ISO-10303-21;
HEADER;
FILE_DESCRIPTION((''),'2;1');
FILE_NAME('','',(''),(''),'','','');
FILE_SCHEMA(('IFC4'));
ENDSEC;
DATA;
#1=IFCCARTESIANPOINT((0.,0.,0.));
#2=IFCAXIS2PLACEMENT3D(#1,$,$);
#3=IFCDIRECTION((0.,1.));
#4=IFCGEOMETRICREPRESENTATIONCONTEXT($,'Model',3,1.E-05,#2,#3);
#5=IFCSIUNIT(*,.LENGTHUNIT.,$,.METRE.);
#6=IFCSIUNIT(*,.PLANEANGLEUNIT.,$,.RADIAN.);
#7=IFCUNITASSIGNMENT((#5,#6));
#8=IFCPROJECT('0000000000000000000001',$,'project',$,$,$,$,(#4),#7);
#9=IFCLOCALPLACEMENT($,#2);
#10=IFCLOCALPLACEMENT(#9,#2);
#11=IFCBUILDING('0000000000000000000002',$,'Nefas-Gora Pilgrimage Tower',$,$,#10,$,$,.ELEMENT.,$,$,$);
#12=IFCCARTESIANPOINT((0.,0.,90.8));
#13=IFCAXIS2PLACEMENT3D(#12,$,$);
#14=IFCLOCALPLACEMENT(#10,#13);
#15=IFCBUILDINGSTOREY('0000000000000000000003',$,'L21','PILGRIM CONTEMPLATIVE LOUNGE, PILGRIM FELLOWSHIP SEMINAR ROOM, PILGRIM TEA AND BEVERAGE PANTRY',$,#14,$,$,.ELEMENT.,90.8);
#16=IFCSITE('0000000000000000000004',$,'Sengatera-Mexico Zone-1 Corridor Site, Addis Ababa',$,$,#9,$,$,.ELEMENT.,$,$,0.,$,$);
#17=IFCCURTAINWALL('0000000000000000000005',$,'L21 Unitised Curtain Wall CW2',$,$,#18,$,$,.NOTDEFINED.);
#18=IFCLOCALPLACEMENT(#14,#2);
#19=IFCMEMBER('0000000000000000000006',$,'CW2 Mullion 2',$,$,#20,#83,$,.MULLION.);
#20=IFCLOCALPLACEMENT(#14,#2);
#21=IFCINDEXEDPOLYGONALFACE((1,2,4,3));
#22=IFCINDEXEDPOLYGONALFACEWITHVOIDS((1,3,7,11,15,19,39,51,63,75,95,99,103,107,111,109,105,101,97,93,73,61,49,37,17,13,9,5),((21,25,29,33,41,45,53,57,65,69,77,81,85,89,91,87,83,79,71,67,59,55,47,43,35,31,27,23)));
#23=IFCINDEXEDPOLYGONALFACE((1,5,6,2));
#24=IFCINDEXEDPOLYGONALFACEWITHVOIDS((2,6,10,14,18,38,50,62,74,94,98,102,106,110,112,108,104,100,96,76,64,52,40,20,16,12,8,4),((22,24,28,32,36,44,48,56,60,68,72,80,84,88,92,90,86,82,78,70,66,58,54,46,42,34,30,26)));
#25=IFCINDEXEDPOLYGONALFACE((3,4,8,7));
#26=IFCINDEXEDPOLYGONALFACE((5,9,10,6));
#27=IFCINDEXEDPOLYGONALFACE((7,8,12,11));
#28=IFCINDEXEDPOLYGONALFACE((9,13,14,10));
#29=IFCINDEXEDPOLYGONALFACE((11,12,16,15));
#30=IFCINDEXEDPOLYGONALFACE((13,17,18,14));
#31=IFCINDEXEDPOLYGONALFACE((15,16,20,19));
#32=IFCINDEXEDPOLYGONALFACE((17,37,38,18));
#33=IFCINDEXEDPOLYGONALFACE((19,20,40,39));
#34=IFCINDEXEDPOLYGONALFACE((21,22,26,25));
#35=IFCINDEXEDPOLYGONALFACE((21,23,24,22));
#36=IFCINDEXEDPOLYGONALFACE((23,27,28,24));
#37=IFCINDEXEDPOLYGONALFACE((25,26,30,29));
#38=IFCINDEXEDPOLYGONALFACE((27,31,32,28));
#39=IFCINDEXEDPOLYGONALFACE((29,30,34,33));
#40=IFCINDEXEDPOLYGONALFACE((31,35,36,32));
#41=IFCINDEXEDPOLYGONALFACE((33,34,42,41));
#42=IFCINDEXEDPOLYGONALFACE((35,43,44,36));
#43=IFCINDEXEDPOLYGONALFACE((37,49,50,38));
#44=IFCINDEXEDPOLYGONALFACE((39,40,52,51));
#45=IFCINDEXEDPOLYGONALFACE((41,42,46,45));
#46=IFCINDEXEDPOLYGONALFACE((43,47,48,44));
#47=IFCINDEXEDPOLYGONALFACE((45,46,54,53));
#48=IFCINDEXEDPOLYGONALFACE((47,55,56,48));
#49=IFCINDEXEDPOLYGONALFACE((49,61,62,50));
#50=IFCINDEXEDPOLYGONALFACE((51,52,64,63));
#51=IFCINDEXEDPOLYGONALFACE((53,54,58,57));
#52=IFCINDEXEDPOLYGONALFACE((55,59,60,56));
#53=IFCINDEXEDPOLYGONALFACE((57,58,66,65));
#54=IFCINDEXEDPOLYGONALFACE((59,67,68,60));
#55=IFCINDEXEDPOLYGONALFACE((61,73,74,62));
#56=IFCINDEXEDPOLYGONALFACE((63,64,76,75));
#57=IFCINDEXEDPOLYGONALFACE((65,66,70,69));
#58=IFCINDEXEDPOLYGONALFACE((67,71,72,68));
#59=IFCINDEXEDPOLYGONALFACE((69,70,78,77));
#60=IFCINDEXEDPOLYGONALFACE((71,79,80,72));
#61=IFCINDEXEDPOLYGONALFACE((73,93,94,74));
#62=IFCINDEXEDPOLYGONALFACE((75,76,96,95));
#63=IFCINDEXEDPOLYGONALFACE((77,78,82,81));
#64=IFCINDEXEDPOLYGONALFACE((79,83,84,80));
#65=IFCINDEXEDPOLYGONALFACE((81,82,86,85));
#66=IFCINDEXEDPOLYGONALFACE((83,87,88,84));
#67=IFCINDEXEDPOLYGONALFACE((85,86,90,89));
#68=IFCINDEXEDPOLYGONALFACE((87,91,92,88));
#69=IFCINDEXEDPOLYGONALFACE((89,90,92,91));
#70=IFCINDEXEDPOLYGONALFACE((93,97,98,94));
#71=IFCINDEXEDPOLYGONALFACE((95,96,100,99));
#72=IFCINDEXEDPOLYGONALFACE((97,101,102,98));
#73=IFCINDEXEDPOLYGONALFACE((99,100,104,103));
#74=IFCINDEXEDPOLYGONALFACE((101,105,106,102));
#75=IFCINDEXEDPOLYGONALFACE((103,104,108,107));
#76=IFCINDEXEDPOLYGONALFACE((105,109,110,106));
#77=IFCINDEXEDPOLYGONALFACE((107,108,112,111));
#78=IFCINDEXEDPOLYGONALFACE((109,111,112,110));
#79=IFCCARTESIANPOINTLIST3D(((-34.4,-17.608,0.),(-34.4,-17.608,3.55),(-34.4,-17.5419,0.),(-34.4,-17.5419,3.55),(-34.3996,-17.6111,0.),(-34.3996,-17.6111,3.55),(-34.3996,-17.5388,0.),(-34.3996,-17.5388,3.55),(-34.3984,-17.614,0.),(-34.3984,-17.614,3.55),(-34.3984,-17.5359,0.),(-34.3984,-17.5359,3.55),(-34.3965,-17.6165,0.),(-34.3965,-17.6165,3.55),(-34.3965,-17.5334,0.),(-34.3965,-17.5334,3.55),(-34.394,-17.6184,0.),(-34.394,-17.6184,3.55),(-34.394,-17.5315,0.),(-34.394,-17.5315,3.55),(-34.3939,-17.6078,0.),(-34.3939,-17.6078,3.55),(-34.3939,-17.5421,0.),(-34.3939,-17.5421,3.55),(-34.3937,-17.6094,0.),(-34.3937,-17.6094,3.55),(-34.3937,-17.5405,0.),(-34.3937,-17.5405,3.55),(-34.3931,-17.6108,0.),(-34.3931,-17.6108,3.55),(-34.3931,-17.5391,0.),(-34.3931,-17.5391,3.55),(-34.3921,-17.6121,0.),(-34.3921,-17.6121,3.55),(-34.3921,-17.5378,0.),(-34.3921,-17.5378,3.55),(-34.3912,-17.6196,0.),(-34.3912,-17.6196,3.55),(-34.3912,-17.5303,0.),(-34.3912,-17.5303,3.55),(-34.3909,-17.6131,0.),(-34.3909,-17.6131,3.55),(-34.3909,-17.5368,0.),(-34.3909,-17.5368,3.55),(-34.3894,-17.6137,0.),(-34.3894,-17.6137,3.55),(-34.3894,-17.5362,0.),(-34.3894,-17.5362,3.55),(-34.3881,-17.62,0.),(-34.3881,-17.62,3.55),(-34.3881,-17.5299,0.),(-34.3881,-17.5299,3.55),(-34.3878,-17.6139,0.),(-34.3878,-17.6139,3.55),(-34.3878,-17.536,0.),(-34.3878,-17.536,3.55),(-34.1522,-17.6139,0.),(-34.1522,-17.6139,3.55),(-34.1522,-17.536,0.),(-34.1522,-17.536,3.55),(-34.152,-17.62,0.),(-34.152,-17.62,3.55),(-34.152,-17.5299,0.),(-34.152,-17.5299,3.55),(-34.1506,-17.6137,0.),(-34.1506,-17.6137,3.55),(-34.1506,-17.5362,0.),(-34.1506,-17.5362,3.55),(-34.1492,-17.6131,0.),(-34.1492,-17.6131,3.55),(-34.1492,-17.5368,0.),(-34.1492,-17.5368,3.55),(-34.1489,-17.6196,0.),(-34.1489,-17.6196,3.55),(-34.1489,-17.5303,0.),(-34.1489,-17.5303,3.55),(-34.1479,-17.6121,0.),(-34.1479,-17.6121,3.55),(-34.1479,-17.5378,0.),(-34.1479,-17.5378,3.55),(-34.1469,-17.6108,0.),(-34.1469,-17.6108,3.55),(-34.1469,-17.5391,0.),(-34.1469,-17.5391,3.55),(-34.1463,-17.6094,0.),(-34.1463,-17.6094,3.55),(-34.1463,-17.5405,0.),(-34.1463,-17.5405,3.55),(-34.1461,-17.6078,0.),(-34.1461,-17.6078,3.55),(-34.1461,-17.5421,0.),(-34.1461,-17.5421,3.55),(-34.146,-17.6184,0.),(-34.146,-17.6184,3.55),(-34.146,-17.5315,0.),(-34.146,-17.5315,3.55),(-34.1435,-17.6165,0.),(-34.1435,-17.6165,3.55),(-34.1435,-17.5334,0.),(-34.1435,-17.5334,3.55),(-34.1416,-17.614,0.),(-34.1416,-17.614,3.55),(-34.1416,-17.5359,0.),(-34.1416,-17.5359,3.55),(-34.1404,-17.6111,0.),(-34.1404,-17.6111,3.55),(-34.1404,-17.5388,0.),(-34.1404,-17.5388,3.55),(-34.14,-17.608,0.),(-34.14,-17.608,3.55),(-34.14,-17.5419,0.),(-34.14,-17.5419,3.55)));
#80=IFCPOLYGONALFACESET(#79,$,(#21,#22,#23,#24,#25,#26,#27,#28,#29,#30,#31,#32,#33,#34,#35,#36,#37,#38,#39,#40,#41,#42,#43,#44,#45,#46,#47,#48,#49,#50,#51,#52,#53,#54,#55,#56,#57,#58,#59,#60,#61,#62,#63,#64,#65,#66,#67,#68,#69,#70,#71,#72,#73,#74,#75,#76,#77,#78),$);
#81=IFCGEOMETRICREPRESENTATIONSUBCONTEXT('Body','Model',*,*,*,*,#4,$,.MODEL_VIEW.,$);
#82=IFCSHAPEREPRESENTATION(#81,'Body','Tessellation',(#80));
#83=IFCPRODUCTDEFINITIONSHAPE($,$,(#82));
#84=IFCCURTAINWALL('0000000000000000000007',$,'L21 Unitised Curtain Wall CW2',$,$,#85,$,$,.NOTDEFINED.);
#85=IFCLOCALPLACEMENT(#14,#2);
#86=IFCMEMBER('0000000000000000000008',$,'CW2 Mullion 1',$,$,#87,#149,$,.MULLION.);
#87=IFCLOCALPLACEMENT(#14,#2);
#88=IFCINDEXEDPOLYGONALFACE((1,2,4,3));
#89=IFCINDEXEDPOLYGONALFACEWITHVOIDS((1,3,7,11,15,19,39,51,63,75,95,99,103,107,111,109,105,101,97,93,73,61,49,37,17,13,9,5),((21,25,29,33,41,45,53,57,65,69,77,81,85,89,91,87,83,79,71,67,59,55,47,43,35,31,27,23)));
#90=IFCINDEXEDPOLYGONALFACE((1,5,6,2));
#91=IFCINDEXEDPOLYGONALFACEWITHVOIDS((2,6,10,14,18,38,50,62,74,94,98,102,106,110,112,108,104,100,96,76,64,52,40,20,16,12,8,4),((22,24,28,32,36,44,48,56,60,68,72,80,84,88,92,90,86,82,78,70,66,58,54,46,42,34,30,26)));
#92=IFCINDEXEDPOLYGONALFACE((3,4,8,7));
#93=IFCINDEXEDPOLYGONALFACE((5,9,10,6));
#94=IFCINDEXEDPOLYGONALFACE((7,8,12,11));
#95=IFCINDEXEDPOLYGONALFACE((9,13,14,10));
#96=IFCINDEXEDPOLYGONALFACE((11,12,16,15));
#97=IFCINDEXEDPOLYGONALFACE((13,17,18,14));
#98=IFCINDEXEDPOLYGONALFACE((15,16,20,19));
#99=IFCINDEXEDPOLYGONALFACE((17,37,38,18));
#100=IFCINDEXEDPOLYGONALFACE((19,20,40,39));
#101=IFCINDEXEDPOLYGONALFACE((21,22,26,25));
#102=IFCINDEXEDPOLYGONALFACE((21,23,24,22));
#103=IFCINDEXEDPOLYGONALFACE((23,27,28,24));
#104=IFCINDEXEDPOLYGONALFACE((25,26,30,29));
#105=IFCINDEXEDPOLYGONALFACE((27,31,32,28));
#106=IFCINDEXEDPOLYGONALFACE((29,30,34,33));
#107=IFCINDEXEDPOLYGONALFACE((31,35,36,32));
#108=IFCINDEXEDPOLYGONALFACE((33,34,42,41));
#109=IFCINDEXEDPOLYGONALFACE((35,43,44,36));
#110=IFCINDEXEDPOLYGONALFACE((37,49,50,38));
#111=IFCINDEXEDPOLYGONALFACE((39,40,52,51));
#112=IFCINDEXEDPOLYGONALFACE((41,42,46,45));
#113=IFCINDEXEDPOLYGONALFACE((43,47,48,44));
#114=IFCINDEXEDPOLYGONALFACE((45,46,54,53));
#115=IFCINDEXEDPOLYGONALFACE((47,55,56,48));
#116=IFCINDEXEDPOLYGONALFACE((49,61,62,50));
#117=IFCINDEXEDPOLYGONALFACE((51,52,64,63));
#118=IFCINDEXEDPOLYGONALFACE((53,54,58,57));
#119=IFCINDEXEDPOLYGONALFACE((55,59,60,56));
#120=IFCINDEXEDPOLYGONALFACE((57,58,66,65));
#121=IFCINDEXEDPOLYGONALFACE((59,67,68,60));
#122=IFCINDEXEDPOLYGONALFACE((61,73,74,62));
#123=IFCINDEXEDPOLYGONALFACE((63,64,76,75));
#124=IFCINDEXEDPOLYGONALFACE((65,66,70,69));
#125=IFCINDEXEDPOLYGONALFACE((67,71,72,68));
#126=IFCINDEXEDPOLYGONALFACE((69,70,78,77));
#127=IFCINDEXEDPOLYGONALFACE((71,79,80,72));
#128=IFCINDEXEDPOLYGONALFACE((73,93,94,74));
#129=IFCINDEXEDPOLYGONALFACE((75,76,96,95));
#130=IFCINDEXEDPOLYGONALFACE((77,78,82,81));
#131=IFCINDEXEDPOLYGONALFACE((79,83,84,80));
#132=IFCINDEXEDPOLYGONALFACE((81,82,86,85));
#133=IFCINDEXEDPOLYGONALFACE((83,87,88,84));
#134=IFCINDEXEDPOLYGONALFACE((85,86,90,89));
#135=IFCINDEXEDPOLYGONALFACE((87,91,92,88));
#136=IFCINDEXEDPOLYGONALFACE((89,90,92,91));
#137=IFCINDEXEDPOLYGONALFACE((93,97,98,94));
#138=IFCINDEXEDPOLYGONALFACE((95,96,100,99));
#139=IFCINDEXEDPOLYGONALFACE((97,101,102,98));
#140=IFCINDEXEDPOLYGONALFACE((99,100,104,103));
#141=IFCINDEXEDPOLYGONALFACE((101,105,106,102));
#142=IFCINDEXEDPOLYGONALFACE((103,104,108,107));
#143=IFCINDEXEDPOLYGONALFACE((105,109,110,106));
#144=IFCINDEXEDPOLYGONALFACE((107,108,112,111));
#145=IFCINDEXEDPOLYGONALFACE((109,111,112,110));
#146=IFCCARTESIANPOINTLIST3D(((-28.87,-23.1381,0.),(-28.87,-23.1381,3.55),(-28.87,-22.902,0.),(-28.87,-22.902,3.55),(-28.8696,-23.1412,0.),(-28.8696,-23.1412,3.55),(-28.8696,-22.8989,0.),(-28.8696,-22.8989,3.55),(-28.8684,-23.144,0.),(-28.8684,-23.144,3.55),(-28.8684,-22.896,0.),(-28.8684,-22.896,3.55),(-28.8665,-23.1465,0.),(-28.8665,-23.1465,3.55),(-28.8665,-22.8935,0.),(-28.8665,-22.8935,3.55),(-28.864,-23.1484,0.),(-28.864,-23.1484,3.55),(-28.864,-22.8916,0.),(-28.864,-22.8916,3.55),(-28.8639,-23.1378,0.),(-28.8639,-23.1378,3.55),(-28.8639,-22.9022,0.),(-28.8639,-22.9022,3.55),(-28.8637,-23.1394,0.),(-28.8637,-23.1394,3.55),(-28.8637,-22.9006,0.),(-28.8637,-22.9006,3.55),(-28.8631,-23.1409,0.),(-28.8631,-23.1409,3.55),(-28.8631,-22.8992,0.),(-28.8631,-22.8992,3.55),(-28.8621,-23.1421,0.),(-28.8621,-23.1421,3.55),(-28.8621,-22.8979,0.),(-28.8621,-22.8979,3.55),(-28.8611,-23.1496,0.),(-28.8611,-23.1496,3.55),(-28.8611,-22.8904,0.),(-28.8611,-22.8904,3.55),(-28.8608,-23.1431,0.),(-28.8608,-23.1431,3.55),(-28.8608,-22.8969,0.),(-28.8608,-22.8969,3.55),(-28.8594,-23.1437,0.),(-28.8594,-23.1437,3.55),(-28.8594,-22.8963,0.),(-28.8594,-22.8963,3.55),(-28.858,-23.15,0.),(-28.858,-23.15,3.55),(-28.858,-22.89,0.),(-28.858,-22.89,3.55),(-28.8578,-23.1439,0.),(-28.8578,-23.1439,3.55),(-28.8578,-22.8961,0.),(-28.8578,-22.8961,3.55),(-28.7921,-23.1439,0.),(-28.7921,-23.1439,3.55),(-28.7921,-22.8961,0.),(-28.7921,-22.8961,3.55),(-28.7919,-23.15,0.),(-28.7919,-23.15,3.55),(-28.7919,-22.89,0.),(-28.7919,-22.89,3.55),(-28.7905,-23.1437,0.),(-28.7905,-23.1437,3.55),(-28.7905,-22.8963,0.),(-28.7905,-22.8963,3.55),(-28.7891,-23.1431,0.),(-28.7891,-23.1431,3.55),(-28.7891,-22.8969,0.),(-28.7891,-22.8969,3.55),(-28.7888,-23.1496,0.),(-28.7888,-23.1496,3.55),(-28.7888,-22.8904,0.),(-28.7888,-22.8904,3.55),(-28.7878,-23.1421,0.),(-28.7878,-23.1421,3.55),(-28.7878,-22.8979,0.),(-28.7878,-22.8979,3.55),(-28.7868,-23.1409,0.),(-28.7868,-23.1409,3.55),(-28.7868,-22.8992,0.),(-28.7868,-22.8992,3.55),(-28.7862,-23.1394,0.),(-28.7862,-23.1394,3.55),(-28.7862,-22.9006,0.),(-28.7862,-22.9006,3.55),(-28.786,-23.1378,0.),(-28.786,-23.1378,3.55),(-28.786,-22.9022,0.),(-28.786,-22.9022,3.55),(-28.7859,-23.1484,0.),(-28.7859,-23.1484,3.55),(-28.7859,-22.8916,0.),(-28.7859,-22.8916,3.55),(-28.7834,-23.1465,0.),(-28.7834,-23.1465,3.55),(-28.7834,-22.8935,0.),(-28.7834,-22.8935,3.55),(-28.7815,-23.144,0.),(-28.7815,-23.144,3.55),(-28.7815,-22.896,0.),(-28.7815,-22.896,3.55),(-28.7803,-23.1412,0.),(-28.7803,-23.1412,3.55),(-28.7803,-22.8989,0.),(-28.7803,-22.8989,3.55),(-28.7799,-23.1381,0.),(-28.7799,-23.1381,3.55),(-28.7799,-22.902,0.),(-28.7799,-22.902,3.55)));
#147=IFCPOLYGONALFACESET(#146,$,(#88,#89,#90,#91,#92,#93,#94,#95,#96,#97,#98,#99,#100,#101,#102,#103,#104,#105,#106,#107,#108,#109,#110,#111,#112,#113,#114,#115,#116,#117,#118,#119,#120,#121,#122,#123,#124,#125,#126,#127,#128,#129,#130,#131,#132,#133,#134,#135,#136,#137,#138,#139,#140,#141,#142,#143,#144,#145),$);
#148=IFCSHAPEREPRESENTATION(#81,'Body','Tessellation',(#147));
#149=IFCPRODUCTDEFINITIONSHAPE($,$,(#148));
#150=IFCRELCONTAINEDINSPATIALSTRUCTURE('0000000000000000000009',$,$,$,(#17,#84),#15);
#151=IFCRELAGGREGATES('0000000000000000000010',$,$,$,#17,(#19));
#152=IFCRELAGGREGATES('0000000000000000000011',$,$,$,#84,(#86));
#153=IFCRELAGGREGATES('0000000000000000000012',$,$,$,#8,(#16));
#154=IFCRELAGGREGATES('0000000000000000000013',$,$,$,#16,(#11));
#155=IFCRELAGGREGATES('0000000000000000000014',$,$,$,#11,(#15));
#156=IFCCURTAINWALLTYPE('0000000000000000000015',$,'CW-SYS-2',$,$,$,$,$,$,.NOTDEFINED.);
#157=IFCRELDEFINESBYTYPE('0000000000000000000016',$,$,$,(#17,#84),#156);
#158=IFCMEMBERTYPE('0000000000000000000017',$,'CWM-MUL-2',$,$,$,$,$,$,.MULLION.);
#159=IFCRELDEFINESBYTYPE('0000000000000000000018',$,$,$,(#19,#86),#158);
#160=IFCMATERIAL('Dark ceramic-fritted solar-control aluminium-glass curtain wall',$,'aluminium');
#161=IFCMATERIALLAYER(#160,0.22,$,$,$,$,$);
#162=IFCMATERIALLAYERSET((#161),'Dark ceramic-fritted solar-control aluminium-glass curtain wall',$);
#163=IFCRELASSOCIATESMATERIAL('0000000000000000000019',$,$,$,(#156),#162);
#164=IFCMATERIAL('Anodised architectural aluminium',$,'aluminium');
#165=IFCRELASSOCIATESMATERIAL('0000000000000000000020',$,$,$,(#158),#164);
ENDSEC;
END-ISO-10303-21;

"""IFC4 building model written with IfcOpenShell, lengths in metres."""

from ifc_helpers import new_model, si_unit, direction, frame, origin, origin_2d, place, context, subcontext, project, spatial, hollow_rectangle, extrude, source, transform, mapped, material, layer, layer_set, material_profile, profile_set, type_object, element, aggregate, save


model = new_model("IFC4")

# Units and contexts
model_context = context("Model", 3, precision=1e-05, world=origin(), true_north=direction((0.0, 1.0)))
body_context = subcontext(model_context, "Body", "Model", "MODEL_VIEW")
ifc_project = project(units=[si_unit("LENGTHUNIT", "METRE"), si_unit("PLANEANGLEUNIT", "RADIAN")], contexts=[model_context])

# Site, building, storey
site_placement = place(None, origin())
site = spatial("IfcSite", under=ifc_project, at=site_placement, Name="Sengatera-Mexico Zone-1 Corridor Site, Addis Ababa", CompositionType="ELEMENT", RefElevation=0.0)
building_placement = place(site_placement, origin())
building = spatial("IfcBuilding", under=site, at=building_placement, Name="Nefas-Gora Pilgrimage Tower", CompositionType="ELEMENT")
storey_placement = place(building_placement, frame((0.0, 0.0, 90.8)))
storey = spatial("IfcBuildingStorey", under=building, at=storey_placement, Name="L21", Description="PILGRIM CONTEMPLATIVE LOUNGE, PILGRIM FELLOWSHIP SEMINAR ROOM, PILGRIM TEA AND BEVERAGE PANTRY", CompositionType="ELEMENT", Elevation=90.8)

# Shared definitions
ifc_material_1 = material(Name="Dark ceramic-fritted solar-control aluminium-glass curtain wall", Category="aluminium")
ifc_material_2 = material(Name="Anodised architectural aluminium", Category="aluminium")

# Curtain wall, member
ifc_layer_1 = layer(ifc_material_1, 0.22)
ifc_layer_set_1 = layer_set([ifc_layer_1], Name="Dark ceramic-fritted solar-control aluminium-glass curtain wall")
curtain_wall_type_1 = type_object("IfcCurtainWallType", Name="CW-SYS-2", PredefinedType="NOTDEFINED", material=ifc_layer_set_1)
curtain_wall_1_placement = place(storey_placement, origin())
curtain_wall_1 = element("IfcCurtainWall", 1, at=curtain_wall_1_placement, inside=storey, type_object=curtain_wall_type_1, Name="L21 Unitised Curtain Wall CW2", PredefinedType="NOTDEFINED")
ifc_material_profile_1 = material_profile(ifc_material_2, hollow_rectangle(XDim=0.0901, YDim=0.26, WallThickness=0.0061, InnerFilletRadius=0.0061, OuterFilletRadius=0.012, at=origin_2d()), Name="ALU MULLION 90x260")
ifc_profile_set_1 = profile_set([ifc_material_profile_1], Name="Anodised architectural aluminium")
member_type_1 = type_object("IfcMemberType", Name="CWM-MUL-2", PredefinedType="MULLION", material=ifc_profile_set_1)
shared_shape_1 = source(origin(), body_context, "Body", "SweptSolid", [
    extrude(hollow_rectangle(XDim=0.0901, YDim=0.26, WallThickness=0.0061, InnerFilletRadius=0.0061, OuterFilletRadius=0.012, at=origin_2d()), origin(), (0.0, 0.0, 1.0), 3.55),
])
member_1_placement = place(storey_placement, frame((-34.27, -17.575, 0.0), z_axis=(0.0, 0.0, 1.0), x_axis=(0.0, -1.0, 0.0)))
member_1 = element("IfcMember", 2, at=member_1_placement, type_object=member_type_1, Name="CW2 Mullion 2", PredefinedType="MULLION", context=body_context, shape_type="MappedRepresentation", body=[
    mapped(shared_shape_1, transform((0.0, 0.0, 0.0), x_axis=(1.0, 0.0, 0.0), y_axis=(0.0, 1.0, 0.0), z_axis=(0.0, 0.0, 1.0), scale=1.0)),
])

# Curtain wall, member
curtain_wall_2_placement = place(storey_placement, origin())
curtain_wall_2 = element("IfcCurtainWall", 3, at=curtain_wall_2_placement, inside=storey, type_object=curtain_wall_type_1, Name="L21 Unitised Curtain Wall CW2", PredefinedType="NOTDEFINED")
member_2_placement = place(storey_placement, frame((-28.825, -23.02, 0.0), z_axis=(0.0, 0.0, 1.0), x_axis=(1.0, 0.0, 0.0)))
member_2 = element("IfcMember", 4, at=member_2_placement, type_object=member_type_1, Name="CW2 Mullion 1", PredefinedType="MULLION", context=body_context, shape_type="MappedRepresentation", body=[
    mapped(shared_shape_1, transform((0.0, 0.0, 0.0), x_axis=(1.0, 0.0, 0.0), y_axis=(0.0, 1.0, 0.0), z_axis=(0.0, 0.0, 1.0), scale=1.0)),
])

aggregate(curtain_wall_1, [member_1])
aggregate(curtain_wall_2, [member_2])

save(model, "model.ifc")
